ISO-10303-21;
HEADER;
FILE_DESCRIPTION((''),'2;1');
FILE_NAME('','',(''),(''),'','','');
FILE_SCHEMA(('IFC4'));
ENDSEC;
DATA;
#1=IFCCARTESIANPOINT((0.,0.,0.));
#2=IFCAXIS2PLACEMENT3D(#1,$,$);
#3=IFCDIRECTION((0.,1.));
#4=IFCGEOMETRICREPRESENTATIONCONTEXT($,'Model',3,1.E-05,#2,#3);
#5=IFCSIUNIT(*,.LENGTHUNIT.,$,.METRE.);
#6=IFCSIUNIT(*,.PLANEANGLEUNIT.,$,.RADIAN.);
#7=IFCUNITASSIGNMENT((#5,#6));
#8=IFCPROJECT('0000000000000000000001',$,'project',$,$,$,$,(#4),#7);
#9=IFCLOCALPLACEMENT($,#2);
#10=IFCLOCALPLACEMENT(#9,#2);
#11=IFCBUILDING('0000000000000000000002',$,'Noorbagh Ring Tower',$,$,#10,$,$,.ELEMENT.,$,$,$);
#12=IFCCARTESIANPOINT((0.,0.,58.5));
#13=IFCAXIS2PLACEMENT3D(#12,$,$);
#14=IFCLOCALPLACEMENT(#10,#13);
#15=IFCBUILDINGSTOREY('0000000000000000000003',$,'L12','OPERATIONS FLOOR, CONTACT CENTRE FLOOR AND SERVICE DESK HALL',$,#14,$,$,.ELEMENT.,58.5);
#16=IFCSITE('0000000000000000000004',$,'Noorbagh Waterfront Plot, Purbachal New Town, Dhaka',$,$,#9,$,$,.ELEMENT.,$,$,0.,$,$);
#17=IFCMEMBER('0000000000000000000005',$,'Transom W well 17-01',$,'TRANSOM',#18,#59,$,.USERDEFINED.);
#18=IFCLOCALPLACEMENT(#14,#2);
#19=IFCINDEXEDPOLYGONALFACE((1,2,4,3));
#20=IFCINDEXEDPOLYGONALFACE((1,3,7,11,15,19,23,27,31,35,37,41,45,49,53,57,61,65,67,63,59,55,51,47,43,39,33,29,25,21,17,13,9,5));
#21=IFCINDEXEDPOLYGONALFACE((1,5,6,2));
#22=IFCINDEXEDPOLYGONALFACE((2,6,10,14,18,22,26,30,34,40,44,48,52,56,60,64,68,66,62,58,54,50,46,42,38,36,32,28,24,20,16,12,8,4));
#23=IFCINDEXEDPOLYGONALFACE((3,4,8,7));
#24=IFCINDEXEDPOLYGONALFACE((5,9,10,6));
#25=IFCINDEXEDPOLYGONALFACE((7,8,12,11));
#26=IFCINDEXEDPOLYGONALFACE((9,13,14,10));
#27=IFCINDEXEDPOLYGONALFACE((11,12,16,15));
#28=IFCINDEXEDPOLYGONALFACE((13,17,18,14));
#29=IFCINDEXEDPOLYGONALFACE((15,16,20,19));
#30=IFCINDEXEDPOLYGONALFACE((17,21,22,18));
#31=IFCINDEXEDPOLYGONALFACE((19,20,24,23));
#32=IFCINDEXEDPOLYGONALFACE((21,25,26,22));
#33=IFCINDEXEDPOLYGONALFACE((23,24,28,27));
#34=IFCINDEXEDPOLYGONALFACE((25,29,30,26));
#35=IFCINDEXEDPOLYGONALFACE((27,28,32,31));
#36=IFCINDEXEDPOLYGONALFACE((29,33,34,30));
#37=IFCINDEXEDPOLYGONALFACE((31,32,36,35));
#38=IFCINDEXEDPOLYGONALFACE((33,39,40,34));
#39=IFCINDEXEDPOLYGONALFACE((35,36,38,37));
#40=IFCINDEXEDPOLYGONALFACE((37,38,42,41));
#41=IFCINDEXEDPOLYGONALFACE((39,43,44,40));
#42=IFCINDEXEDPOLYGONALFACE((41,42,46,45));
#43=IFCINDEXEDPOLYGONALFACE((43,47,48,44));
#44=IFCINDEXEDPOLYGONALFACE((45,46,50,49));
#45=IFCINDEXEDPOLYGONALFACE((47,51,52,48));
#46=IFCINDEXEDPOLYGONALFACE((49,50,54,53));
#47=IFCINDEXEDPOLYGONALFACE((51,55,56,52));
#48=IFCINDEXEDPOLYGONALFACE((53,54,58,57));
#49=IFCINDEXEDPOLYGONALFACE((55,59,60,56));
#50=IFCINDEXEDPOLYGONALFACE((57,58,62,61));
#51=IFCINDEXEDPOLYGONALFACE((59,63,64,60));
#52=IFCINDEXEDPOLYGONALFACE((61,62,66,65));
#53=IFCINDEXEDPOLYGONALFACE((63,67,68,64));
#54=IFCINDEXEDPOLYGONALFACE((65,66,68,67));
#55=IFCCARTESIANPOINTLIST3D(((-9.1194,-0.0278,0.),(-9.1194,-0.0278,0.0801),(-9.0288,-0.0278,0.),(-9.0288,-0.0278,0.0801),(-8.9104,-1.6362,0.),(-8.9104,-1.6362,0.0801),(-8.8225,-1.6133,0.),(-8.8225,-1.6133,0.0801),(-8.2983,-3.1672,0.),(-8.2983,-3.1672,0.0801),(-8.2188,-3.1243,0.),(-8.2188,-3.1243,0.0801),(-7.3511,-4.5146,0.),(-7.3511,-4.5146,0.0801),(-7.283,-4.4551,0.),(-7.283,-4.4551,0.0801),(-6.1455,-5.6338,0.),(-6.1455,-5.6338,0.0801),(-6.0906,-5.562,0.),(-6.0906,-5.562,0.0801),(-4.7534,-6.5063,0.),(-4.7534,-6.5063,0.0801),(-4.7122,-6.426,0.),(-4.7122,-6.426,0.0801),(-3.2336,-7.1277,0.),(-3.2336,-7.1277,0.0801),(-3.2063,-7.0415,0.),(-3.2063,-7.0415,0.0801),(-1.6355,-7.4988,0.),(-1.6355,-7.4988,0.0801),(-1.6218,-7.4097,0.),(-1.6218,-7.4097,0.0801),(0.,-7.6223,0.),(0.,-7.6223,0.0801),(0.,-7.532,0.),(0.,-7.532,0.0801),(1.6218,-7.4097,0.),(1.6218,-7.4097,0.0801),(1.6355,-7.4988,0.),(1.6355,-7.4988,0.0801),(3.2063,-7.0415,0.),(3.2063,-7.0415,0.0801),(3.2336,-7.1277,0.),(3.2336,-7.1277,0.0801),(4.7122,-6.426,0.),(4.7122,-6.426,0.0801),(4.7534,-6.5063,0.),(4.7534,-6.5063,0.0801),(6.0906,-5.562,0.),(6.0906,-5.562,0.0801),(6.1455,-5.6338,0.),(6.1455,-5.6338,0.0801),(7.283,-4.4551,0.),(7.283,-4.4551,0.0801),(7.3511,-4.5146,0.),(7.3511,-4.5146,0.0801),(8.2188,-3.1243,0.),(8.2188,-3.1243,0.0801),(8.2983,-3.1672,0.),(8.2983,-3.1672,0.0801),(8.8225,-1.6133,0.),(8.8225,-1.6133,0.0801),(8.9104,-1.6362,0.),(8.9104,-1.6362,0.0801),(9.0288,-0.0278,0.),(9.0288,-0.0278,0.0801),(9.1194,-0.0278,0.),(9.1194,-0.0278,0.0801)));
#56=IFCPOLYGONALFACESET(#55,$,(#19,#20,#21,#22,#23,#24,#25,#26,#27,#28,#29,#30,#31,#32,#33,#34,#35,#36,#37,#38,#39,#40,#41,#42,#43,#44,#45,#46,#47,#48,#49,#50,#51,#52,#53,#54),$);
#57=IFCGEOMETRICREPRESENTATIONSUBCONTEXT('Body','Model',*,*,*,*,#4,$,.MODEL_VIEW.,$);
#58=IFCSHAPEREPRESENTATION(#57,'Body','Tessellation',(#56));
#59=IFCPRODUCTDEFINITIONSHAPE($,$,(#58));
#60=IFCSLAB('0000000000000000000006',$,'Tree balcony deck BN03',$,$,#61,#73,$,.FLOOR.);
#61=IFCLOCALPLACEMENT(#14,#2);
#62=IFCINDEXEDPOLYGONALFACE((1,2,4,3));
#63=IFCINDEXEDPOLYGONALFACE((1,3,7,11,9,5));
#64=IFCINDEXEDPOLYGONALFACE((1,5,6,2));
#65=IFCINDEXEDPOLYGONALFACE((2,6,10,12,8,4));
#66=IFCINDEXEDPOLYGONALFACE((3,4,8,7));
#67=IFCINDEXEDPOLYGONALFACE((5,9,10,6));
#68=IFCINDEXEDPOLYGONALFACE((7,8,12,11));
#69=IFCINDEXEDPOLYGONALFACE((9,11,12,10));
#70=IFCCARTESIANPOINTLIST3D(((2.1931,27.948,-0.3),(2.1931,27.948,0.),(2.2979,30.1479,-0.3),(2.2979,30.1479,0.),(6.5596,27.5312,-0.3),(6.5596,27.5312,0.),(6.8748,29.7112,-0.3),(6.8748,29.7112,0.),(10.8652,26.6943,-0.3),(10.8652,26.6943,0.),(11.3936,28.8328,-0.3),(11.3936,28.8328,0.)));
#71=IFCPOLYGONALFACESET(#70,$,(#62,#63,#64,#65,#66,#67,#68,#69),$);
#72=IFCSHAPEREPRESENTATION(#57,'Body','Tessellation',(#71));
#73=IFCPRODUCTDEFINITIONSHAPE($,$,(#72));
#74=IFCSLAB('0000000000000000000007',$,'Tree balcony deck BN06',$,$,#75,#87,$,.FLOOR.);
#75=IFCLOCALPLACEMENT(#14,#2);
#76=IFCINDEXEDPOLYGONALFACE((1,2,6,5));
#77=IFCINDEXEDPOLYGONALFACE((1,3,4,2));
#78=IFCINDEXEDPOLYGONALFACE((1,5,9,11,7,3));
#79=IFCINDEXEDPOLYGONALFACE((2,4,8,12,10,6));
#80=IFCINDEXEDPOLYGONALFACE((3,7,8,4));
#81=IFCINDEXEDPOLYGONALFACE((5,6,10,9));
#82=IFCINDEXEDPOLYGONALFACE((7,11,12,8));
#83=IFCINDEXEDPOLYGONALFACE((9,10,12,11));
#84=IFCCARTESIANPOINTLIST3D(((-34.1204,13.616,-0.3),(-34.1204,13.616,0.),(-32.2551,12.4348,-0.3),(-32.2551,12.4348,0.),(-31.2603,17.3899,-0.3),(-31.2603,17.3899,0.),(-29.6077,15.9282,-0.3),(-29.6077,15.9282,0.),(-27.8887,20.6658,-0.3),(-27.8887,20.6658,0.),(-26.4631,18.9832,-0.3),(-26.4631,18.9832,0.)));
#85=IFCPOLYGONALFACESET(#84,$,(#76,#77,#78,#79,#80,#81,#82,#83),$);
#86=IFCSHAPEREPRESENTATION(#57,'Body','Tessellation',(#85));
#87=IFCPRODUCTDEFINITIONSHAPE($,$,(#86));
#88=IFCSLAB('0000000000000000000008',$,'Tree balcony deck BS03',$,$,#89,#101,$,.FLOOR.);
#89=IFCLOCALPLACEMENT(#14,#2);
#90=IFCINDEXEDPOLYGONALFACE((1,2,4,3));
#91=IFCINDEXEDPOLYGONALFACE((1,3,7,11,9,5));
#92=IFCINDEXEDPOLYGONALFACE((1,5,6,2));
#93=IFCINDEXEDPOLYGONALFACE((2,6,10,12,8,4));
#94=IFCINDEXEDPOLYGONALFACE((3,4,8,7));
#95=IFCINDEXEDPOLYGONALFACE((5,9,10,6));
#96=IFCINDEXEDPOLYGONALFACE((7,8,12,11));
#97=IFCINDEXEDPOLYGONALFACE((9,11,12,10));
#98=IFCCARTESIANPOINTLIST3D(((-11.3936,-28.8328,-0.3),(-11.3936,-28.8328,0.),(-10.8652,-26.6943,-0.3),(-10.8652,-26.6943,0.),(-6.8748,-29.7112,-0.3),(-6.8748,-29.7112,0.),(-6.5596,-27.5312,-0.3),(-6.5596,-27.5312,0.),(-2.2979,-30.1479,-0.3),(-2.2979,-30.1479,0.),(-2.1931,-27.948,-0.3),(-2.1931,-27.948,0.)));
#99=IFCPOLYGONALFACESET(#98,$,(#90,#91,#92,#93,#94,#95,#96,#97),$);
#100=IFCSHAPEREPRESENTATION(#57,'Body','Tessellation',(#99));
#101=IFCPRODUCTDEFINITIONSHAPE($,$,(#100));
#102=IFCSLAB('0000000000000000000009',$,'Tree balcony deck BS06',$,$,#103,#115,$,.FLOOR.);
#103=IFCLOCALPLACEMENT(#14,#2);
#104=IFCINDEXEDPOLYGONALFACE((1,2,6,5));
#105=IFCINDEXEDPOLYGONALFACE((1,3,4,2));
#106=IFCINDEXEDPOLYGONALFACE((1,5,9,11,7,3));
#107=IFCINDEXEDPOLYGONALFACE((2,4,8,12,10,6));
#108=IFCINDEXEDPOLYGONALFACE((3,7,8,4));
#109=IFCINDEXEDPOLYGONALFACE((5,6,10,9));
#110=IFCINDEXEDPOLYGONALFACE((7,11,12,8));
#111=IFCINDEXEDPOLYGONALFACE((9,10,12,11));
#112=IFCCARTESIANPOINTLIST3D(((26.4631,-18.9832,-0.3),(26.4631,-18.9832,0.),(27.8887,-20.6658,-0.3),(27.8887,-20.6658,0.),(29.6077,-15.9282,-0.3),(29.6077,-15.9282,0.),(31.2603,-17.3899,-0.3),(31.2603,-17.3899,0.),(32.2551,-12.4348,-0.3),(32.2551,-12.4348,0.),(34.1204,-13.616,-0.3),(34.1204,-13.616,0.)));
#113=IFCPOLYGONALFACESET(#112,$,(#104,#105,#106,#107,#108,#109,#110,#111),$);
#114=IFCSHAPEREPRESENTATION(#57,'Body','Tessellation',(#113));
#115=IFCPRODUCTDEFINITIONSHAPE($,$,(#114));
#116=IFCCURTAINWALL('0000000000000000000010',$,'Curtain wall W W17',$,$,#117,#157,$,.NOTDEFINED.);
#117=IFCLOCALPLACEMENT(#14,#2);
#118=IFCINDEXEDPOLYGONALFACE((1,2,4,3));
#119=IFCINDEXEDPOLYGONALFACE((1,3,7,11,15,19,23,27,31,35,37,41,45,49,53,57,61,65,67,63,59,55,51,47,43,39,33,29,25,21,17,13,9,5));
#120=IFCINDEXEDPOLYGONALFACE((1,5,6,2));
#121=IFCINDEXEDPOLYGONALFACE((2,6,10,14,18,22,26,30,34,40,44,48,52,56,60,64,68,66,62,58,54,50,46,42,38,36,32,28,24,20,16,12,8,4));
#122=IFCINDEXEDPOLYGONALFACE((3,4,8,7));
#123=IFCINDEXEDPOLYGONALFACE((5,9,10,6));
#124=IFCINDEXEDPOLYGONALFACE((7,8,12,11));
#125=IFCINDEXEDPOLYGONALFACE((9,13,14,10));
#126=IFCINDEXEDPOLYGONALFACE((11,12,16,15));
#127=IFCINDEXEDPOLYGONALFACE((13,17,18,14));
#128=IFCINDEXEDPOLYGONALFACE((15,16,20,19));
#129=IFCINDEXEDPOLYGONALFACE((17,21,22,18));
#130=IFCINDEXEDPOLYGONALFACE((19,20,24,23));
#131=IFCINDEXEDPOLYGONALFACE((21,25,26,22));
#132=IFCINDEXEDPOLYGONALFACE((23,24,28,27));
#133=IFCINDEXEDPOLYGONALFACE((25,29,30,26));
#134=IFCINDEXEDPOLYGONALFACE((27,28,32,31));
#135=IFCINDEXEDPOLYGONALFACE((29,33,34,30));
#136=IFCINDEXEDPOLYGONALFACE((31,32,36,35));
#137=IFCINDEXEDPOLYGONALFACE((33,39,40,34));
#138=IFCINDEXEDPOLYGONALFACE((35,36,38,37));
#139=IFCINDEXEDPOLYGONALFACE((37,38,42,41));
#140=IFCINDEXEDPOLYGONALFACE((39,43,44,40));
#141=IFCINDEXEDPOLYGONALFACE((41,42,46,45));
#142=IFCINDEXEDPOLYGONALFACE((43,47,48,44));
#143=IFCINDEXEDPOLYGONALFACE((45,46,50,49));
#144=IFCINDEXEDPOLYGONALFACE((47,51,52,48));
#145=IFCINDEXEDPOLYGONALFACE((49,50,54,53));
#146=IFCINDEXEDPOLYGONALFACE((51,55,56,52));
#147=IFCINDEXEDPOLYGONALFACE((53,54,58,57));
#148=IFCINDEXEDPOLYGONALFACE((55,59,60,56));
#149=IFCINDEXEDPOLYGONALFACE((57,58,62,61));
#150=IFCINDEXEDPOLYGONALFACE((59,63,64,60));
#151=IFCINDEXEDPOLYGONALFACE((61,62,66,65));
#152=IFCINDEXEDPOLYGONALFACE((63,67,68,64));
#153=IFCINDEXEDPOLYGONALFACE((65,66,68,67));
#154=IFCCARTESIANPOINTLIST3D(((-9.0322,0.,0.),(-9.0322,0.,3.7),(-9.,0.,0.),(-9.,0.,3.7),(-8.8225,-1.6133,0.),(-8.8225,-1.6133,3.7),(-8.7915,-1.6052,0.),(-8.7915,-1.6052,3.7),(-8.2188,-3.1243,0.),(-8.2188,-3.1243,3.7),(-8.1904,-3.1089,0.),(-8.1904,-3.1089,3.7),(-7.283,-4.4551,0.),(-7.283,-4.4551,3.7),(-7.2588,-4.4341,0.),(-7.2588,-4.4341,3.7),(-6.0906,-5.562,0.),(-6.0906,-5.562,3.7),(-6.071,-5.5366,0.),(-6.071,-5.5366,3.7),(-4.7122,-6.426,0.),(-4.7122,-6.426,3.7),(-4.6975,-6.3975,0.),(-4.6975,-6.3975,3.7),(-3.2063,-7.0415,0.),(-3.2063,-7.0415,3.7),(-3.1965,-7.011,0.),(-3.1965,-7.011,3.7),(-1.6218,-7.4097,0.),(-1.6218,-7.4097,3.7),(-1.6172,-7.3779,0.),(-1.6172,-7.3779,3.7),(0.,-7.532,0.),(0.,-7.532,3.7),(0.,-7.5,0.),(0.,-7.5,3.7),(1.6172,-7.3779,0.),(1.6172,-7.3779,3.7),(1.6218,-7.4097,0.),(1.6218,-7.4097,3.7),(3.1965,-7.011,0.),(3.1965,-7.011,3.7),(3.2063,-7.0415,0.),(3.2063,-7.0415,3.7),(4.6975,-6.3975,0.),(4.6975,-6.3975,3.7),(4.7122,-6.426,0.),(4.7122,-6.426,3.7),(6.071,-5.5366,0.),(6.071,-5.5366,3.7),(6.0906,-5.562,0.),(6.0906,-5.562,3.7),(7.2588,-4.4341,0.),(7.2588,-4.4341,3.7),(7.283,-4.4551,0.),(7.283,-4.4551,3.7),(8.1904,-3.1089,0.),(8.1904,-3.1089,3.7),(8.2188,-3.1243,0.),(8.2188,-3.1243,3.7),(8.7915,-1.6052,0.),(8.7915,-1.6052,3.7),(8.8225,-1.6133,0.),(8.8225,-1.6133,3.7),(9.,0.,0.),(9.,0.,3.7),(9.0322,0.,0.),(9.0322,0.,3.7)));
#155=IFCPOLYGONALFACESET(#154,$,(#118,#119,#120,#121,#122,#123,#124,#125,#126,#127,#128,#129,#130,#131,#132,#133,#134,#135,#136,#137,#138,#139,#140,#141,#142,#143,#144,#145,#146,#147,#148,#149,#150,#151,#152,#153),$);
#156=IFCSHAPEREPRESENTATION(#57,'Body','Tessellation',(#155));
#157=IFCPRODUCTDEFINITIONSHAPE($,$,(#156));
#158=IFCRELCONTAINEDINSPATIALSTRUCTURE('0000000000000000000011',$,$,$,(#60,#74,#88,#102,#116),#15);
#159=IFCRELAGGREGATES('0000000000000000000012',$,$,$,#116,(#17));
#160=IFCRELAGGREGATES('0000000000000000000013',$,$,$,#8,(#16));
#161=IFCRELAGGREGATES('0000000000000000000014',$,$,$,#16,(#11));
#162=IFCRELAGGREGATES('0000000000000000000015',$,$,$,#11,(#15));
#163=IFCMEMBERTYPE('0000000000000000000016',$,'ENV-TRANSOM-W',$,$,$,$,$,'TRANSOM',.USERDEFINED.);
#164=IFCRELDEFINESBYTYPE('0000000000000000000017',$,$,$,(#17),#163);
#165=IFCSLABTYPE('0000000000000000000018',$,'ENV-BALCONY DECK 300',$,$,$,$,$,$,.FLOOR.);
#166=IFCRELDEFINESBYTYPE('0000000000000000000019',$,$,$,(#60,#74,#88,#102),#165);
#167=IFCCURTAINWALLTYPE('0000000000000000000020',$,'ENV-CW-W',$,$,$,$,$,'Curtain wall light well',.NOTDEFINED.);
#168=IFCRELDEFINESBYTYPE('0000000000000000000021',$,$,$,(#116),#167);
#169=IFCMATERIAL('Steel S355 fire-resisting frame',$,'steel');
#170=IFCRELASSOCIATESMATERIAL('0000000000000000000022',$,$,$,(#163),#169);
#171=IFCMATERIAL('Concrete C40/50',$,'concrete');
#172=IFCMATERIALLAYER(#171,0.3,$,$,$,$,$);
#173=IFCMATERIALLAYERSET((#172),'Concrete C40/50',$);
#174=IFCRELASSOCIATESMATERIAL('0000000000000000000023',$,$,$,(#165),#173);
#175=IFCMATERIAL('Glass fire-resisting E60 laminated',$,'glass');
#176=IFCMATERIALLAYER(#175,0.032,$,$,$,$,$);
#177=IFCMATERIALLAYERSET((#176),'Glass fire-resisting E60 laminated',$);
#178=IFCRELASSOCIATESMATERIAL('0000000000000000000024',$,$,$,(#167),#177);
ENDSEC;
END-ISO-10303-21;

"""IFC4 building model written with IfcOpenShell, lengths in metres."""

from ifc_helpers import new_model, si_unit, direction, frame, origin, place, context, subcontext, project, spatial, polyline, outline, extrude, material, layer, layer_set, type_object, element, aggregate, save


model = new_model("IFC4")

# Units and contexts
model_context = context("Model", 3, precision=1e-05, world=origin(), true_north=direction((0.0, 1.0)))
body_context = subcontext(model_context, "Body", "Model", "MODEL_VIEW")
ifc_project = project(units=[si_unit("LENGTHUNIT", "METRE"), si_unit("PLANEANGLEUNIT", "RADIAN")], contexts=[model_context])

# Member
site_placement = place(None, origin())
building_placement = place(site_placement, origin())
storey_placement = place(building_placement, frame((0.0, 0.0, 58.5)))
ifc_material_1 = material(Name="Steel S355 fire-resisting frame", Category="steel")
member_type_1 = type_object("IfcMemberType", Name="ENV-TRANSOM-W", ElementType="TRANSOM", PredefinedType="USERDEFINED", material=ifc_material_1)
member_1_placement = place(storey_placement, origin())
member_1 = element("IfcMember", 1, at=member_1_placement, type_object=member_type_1, Name="Transom W well 17-01", ObjectType="TRANSOM", PredefinedType="USERDEFINED", context=body_context, shape_type="SweptSolid", body=[
    extrude(outline(polyline([(-9.1194, -0.0278), (-8.9104, -1.6362), (-8.2983, -3.1672), (-7.3511, -4.5146), (-6.1455, -5.6338), (-4.7534, -6.5063), (-3.2336, -7.1277), (-1.6355, -7.4988), (0.0, -7.6223), (1.6355, -7.4988), (3.2336, -7.1277), (4.7534, -6.5063), (6.1455, -5.6338), (7.3511, -4.5146), (8.2983, -3.1672), (8.9104, -1.6362), (9.1194, -0.0278), (9.0288, -0.0278), (8.8225, -1.6133), (8.2188, -3.1243), (7.283, -4.4551), (6.0906, -5.562), (4.7122, -6.426), (3.2063, -7.0415), (1.6218, -7.4097), (0.0, -7.532), (-1.6218, -7.4097), (-3.2063, -7.0415), (-4.7122, -6.426), (-6.0906, -5.562), (-7.283, -4.4551), (-8.2188, -3.1243), (-8.8225, -1.6133), (-9.0288, -0.0278), (-9.1194, -0.0278)])), origin(), (0.0, 0.0, 1.0), 0.0801),
])

# Site, building, storey
site = spatial("IfcSite", under=ifc_project, at=site_placement, Name="Noorbagh Waterfront Plot, Purbachal New Town, Dhaka", CompositionType="ELEMENT", RefElevation=0.0)
building = spatial("IfcBuilding", under=site, at=building_placement, Name="Noorbagh Ring Tower", CompositionType="ELEMENT")
storey = spatial("IfcBuildingStorey", under=building, at=storey_placement, Name="L12", Description="OPERATIONS FLOOR, CONTACT CENTRE FLOOR AND SERVICE DESK HALL", CompositionType="ELEMENT", Elevation=58.5)

# Slabs
ifc_material_2 = material(Name="Concrete C40/50", Category="concrete")
ifc_layer_1 = layer(ifc_material_2, 0.3)
ifc_layer_set_1 = layer_set([ifc_layer_1], Name="Concrete C40/50")
slab_type = type_object("IfcSlabType", Name="ENV-BALCONY DECK 300", PredefinedType="FLOOR", material=ifc_layer_set_1)
slab_1_placement = place(storey_placement, frame((0.0, 0.0, -0.3)))
element("IfcSlab", 2, at=slab_1_placement, inside=storey, type_object=slab_type, Name="Tree balcony deck BN03", PredefinedType="FLOOR", context=body_context, shape_type="SweptSolid", body=[
    extrude(outline(polyline([(11.3936, 28.8328), (6.8748, 29.7112), (2.2979, 30.1479), (2.1931, 27.948), (6.5596, 27.5312), (10.8652, 26.6943), (11.3936, 28.8328)])), origin(), (0.0, 0.0, 1.0), 0.3),
])
slab_2_placement = place(storey_placement, frame((0.0, 0.0, -0.3)))
element("IfcSlab", 3, at=slab_2_placement, inside=storey, type_object=slab_type, Name="Tree balcony deck BN06", PredefinedType="FLOOR", context=body_context, shape_type="SweptSolid", body=[
    extrude(outline(polyline([(-27.8887, 20.6658), (-31.2603, 17.3899), (-34.1204, 13.616), (-32.2551, 12.4348), (-29.6077, 15.9282), (-26.4631, 18.9832), (-27.8887, 20.6658)])), origin(), (0.0, 0.0, 1.0), 0.3),
])
slab_3_placement = place(storey_placement, frame((0.0, 0.0, -0.3)))
element("IfcSlab", 4, at=slab_3_placement, inside=storey, type_object=slab_type, Name="Tree balcony deck BS03", PredefinedType="FLOOR", context=body_context, shape_type="SweptSolid", body=[
    extrude(outline(polyline([(-11.3936, -28.8328), (-6.8748, -29.7112), (-2.2979, -30.1479), (-2.1931, -27.948), (-6.5596, -27.5312), (-10.8652, -26.6943), (-11.3936, -28.8328)])), origin(), (0.0, 0.0, 1.0), 0.3),
])
slab_4_placement = place(storey_placement, frame((0.0, 0.0, -0.3)))
element("IfcSlab", 5, at=slab_4_placement, inside=storey, type_object=slab_type, Name="Tree balcony deck BS06", PredefinedType="FLOOR", context=body_context, shape_type="SweptSolid", body=[
    extrude(outline(polyline([(27.8887, -20.6658), (31.2603, -17.3899), (34.1204, -13.616), (32.2551, -12.4348), (29.6077, -15.9282), (26.4631, -18.9832), (27.8887, -20.6658)])), origin(), (0.0, 0.0, 1.0), 0.3),
])

# Curtain wall
ifc_material_3 = material(Name="Glass fire-resisting E60 laminated", Category="glass")
ifc_layer_2 = layer(ifc_material_3, 0.032)
ifc_layer_set_2 = layer_set([ifc_layer_2], Name="Glass fire-resisting E60 laminated")
curtain_wall_type_1 = type_object("IfcCurtainWallType", Name="ENV-CW-W", ElementType="Curtain wall light well", PredefinedType="NOTDEFINED", material=ifc_layer_set_2)
curtain_wall_1_placement = place(storey_placement, origin())
curtain_wall_1 = element("IfcCurtainWall", 6, at=curtain_wall_1_placement, inside=storey, type_object=curtain_wall_type_1, Name="Curtain wall W W17", PredefinedType="NOTDEFINED", context=body_context, shape_type="SweptSolid", body=[
    extrude(outline(polyline([(-9.0322, 0.0), (-8.8225, -1.6133), (-8.2188, -3.1243), (-7.283, -4.4551), (-6.0906, -5.562), (-4.7122, -6.426), (-3.2063, -7.0415), (-1.6218, -7.4097), (0.0, -7.532), (1.6218, -7.4097), (3.2063, -7.0415), (4.7122, -6.426), (6.0906, -5.562), (7.283, -4.4551), (8.2188, -3.1243), (8.8225, -1.6133), (9.0322, 0.0), (9.0, 0.0), (8.7915, -1.6052), (8.1904, -3.1089), (7.2588, -4.4341), (6.071, -5.5366), (4.6975, -6.3975), (3.1965, -7.011), (1.6172, -7.3779), (0.0, -7.5), (-1.6172, -7.3779), (-3.1965, -7.011), (-4.6975, -6.3975), (-6.071, -5.5366), (-7.2588, -4.4341), (-8.1904, -3.1089), (-8.7915, -1.6052), (-9.0, 0.0), (-9.0322, 0.0)])), origin(), (0.0, 0.0, 1.0), 3.7),
])
aggregate(curtain_wall_1, [member_1])

save(model, "model.ifc")
